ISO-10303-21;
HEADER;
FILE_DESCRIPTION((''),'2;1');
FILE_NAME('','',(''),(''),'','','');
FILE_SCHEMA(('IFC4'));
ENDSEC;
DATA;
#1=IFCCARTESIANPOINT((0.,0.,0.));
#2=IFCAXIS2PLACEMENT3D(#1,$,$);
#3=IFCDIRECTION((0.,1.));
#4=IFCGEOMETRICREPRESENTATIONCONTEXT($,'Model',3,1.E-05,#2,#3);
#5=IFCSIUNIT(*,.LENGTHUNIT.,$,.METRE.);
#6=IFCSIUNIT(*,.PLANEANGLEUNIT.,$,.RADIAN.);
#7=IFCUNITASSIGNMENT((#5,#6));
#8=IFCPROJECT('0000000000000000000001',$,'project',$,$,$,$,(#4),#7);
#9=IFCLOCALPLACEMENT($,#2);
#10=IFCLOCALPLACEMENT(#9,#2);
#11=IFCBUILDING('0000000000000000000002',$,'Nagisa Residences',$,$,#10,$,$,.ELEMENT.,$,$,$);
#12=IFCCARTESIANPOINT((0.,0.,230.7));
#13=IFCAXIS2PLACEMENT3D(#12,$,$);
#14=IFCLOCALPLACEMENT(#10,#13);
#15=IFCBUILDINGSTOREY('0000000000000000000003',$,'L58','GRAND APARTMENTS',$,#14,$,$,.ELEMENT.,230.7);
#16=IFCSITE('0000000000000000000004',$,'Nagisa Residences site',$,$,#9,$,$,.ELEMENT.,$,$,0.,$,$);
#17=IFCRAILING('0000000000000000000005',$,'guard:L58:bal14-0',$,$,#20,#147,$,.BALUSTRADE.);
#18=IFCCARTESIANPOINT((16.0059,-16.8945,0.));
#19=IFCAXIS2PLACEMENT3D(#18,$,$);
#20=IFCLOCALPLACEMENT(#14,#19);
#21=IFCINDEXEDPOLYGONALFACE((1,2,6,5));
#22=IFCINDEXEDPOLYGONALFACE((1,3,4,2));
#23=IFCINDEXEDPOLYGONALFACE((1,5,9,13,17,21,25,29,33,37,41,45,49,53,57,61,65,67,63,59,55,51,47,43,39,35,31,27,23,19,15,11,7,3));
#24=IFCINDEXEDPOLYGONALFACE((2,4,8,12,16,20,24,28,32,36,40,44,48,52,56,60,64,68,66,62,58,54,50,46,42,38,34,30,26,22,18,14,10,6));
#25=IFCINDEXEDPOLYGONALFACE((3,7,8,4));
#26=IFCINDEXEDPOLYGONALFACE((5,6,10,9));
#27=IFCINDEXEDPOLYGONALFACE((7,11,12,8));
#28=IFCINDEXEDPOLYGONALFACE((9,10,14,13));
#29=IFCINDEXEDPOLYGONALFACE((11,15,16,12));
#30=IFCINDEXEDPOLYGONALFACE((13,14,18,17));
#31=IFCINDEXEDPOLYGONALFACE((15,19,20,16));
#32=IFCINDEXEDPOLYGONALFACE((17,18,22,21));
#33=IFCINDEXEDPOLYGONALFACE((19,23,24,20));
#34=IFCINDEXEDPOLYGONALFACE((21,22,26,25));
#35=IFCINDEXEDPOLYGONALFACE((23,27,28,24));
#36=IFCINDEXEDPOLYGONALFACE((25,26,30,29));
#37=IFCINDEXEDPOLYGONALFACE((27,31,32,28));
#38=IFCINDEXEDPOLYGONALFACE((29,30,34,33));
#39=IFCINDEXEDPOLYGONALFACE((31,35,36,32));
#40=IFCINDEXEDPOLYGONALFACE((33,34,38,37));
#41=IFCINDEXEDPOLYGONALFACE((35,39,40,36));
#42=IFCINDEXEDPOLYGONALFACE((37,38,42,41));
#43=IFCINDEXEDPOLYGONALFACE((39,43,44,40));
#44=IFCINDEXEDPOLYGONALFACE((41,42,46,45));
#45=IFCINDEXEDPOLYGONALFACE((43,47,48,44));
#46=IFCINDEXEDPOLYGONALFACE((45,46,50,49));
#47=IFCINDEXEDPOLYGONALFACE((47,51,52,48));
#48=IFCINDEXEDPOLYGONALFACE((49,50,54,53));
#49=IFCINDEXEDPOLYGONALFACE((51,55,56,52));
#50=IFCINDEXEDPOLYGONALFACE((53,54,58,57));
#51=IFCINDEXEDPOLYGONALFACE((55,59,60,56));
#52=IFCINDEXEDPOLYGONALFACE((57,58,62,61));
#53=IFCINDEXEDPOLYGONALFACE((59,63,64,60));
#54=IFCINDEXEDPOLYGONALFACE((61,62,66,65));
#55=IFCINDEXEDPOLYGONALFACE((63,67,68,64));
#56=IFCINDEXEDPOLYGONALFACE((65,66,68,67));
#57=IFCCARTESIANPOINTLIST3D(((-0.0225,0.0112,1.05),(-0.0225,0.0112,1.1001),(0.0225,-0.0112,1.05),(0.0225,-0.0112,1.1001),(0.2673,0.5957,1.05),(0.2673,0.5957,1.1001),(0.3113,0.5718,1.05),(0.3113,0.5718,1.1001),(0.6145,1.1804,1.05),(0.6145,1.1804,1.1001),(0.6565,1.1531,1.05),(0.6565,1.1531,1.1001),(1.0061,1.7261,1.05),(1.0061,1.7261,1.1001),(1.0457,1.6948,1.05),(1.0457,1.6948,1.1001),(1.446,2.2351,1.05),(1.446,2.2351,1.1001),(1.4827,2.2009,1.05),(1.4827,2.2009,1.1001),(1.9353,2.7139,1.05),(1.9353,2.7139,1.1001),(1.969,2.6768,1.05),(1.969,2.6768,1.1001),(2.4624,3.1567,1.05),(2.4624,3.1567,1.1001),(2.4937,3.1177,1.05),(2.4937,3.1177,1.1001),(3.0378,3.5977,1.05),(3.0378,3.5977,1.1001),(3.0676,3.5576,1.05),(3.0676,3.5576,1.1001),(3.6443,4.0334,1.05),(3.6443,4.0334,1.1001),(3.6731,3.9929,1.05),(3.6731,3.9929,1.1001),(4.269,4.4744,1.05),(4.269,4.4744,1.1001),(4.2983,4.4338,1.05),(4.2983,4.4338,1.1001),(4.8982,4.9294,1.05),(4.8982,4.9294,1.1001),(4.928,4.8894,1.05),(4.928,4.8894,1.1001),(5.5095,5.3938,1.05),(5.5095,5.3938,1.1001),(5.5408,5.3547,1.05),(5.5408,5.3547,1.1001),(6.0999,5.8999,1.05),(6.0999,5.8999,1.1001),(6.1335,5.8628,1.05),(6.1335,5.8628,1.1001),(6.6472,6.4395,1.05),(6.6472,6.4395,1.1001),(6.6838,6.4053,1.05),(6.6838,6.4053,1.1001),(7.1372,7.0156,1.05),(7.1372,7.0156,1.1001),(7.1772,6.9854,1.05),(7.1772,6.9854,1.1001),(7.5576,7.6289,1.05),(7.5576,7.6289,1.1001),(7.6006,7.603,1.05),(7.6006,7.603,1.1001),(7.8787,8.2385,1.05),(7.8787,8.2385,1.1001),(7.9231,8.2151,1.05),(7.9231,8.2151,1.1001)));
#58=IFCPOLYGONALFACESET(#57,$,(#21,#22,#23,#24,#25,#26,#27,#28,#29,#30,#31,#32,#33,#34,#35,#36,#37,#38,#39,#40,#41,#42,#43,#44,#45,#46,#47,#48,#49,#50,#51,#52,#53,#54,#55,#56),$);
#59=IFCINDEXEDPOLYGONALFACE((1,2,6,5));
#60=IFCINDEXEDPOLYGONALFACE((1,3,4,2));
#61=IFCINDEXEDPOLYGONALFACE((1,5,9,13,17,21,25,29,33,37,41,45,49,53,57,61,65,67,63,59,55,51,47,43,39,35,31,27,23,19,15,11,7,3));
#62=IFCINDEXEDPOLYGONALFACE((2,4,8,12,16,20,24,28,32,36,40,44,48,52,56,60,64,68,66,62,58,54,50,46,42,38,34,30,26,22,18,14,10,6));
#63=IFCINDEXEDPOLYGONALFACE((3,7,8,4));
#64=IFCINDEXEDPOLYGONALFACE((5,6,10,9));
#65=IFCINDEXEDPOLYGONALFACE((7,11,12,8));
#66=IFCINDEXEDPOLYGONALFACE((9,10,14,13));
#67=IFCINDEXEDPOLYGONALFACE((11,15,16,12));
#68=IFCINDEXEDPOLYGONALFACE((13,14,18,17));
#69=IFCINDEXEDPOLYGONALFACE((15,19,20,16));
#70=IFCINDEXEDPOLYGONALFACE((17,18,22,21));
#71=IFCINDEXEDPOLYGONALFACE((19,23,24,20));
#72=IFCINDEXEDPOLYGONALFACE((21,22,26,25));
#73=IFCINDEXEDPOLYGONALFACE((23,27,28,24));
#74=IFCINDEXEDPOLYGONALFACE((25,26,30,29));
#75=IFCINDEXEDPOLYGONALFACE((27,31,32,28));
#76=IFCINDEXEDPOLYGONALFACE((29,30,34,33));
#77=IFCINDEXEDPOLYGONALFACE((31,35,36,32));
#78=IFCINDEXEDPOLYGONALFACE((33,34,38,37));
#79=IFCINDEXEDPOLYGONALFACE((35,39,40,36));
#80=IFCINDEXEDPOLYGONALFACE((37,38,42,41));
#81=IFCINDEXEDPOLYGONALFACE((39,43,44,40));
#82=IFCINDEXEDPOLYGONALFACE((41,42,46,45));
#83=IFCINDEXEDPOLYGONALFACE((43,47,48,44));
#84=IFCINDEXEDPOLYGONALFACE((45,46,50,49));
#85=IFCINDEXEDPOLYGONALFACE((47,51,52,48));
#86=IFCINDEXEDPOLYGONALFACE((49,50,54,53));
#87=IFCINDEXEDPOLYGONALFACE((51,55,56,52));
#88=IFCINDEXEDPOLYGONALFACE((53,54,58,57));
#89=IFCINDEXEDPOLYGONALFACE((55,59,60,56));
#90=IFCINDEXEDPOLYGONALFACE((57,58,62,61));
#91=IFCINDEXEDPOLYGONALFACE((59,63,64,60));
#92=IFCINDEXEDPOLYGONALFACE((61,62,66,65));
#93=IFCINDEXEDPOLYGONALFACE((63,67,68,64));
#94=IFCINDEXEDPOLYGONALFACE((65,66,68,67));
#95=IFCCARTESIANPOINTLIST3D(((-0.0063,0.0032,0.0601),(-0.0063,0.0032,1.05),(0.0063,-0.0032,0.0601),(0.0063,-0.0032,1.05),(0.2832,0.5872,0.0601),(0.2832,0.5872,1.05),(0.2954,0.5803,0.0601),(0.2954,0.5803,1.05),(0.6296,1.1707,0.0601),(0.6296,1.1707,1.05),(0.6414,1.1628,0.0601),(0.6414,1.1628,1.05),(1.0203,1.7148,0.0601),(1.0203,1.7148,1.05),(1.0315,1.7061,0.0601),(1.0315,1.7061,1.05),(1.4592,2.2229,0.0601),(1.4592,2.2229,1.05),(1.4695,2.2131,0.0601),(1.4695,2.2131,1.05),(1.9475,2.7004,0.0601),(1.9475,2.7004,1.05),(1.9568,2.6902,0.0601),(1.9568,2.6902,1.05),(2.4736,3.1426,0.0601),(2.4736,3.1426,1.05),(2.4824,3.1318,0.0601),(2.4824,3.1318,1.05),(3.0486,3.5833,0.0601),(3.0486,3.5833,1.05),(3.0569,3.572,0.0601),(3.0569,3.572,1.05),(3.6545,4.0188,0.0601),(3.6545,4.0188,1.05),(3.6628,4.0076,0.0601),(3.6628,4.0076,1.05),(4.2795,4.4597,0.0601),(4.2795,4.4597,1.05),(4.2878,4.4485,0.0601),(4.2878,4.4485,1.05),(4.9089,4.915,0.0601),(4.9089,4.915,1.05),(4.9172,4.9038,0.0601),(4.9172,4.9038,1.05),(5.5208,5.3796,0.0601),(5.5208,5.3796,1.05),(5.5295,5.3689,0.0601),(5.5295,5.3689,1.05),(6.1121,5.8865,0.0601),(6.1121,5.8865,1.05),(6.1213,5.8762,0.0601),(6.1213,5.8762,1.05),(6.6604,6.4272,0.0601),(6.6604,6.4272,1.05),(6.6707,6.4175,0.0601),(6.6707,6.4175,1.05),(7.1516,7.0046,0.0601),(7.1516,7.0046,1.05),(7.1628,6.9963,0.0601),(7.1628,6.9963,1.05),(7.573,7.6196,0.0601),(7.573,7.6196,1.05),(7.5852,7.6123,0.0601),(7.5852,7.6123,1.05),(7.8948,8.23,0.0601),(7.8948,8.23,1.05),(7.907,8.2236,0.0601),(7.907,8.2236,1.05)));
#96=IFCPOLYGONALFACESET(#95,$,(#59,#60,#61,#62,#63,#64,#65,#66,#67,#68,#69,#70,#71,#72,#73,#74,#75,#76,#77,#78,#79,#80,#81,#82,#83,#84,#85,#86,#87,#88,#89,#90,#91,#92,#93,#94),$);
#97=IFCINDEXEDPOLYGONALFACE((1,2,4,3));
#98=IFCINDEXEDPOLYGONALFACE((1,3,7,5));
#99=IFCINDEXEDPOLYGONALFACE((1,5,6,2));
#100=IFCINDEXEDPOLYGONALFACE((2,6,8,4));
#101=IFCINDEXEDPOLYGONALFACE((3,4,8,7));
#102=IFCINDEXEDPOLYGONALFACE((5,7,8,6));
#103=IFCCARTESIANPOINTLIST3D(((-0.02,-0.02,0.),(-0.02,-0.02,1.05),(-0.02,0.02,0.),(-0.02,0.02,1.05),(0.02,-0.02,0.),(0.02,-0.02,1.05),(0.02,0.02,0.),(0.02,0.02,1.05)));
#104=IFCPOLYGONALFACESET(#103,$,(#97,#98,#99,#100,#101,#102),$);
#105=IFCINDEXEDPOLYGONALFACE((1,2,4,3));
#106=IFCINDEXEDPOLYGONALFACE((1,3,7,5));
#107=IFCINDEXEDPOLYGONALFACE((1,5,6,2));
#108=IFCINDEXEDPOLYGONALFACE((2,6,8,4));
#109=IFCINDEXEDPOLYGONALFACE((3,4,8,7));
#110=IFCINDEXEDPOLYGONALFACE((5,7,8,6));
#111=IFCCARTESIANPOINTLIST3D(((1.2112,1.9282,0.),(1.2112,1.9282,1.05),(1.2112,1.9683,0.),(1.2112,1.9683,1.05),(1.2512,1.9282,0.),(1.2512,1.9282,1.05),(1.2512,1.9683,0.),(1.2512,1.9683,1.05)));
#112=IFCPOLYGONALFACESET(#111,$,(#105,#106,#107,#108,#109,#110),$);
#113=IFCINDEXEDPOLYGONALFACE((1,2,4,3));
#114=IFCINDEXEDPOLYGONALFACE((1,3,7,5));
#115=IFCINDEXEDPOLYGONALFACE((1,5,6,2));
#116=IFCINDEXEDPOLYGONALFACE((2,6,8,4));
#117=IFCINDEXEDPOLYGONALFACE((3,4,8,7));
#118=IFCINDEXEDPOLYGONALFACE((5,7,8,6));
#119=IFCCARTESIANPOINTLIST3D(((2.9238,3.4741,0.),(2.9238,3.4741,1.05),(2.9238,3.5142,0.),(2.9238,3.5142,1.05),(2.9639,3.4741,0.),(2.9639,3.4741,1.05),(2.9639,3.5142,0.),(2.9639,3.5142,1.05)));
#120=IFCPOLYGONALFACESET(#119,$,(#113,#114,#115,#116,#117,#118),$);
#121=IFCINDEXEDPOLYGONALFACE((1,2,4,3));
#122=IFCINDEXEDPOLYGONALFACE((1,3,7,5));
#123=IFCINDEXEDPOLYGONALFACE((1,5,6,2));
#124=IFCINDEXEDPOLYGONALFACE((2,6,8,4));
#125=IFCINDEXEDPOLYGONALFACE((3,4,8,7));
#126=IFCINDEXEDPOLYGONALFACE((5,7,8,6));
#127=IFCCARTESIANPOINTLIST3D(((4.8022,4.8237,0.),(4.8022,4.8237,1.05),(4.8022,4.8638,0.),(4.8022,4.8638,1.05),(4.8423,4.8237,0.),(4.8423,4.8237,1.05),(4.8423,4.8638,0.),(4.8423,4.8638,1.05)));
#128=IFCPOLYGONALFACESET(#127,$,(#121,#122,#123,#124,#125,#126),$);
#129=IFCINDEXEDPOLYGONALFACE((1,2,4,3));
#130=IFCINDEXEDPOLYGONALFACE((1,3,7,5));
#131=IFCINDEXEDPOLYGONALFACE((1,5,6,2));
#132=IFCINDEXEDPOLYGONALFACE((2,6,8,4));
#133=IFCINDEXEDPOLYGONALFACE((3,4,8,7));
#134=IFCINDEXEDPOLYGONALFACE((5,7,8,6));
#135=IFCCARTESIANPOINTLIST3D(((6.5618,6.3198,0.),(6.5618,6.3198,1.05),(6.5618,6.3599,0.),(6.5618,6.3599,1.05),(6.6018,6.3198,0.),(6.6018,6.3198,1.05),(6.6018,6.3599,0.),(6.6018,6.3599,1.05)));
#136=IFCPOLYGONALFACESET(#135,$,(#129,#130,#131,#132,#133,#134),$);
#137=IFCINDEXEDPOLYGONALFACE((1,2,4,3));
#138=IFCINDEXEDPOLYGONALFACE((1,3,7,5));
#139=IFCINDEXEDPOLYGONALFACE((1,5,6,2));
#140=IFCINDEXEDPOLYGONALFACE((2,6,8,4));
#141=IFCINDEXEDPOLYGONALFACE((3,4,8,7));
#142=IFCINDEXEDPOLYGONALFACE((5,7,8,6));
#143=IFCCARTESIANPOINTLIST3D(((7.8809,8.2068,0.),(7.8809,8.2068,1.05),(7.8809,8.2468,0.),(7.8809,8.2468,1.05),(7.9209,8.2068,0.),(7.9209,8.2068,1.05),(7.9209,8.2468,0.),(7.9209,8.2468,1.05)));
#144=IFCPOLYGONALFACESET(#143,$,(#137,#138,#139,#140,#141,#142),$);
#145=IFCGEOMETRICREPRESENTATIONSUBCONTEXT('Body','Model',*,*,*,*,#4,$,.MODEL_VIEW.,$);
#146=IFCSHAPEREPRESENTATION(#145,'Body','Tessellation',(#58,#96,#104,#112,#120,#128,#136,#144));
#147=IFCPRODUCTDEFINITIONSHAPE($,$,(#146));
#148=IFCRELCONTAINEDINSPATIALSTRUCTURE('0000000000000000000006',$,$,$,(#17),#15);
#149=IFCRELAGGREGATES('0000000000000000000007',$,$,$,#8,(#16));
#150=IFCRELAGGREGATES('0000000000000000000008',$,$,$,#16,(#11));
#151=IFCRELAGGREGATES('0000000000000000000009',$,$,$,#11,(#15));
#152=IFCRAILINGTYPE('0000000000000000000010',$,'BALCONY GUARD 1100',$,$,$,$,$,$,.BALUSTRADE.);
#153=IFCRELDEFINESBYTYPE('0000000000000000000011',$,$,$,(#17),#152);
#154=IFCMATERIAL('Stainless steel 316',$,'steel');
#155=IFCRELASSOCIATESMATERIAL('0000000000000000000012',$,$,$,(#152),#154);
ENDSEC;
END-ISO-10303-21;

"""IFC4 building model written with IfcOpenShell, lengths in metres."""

from ifc_helpers import new_model, si_unit, direction, frame, origin, origin_2d, place, context, subcontext, project, spatial, polyline, rectangle, outline, extrude, material, type_object, element, save


model = new_model("IFC4")

# Units and contexts
model_context = context("Model", 3, precision=1e-05, world=origin(), true_north=direction((0.0, 1.0)))
body_context = subcontext(model_context, "Body", "Model", "MODEL_VIEW")
ifc_project = project(units=[si_unit("LENGTHUNIT", "METRE"), si_unit("PLANEANGLEUNIT", "RADIAN")], contexts=[model_context])

# Site, building, storey
site_placement = place(None, origin())
site = spatial("IfcSite", under=ifc_project, at=site_placement, Name="Nagisa Residences site", CompositionType="ELEMENT", RefElevation=0.0)
building_placement = place(site_placement, origin())
building = spatial("IfcBuilding", under=site, at=building_placement, Name="Nagisa Residences", CompositionType="ELEMENT")
storey_placement = place(building_placement, frame((0.0, 0.0, 230.7)))
storey = spatial("IfcBuildingStorey", under=building, at=storey_placement, Name="L58", Description="GRAND APARTMENTS", CompositionType="ELEMENT", Elevation=230.7)

# Railing
ifc_material_1 = material(Name="Stainless steel 316", Category="steel")
railing_type = type_object("IfcRailingType", Name="BALCONY GUARD 1100", PredefinedType="BALUSTRADE", material=ifc_material_1)
railing_1_placement = place(storey_placement, frame((16.0059, -16.8945, 0.0)))
element("IfcRailing", 1, at=railing_1_placement, inside=storey, type_object=railing_type, Name="guard:L58:bal14-0", PredefinedType="BALUSTRADE", context=body_context, shape_type="SweptSolid", body=[
    extrude(outline(polyline([(0.2673, 0.5957), (-0.0225, 0.0112), (0.0225, -0.0112), (0.3113, 0.5718), (0.6565, 1.1531), (1.0457, 1.6948), (1.4827, 2.2009), (1.969, 2.6768), (2.4937, 3.1177), (3.0676, 3.5576), (3.6731, 3.9929), (4.2983, 4.4338), (4.928, 4.8894), (5.5408, 5.3547), (6.1335, 5.8628), (6.6838, 6.4053), (7.1772, 6.9854), (7.6006, 7.603), (7.9231, 8.2151), (7.8787, 8.2385), (7.5576, 7.6289), (7.1372, 7.0156), (6.6472, 6.4395), (6.0999, 5.8999), (5.5095, 5.3938), (4.8982, 4.9294), (4.269, 4.4744), (3.6443, 4.0334), (3.0378, 3.5977), (2.4624, 3.1567), (1.9353, 2.7139), (1.446, 2.2351), (1.0061, 1.7261), (0.6145, 1.1804), (0.2673, 0.5957)])), frame((0.0, 0.0, 1.05)), (0.0, 0.0, 1.0), 0.05),
    extrude(outline(polyline([(0.2832, 0.5872), (-0.0063, 0.0032), (0.0063, -0.0032), (0.2954, 0.5803), (0.6414, 1.1628), (1.0315, 1.7061), (1.4695, 2.2131), (1.9568, 2.6902), (2.4824, 3.1318), (3.0569, 3.572), (3.6628, 4.0076), (4.2878, 4.4485), (4.9172, 4.9038), (5.5295, 5.3689), (6.1213, 5.8762), (6.6707, 6.4175), (7.1628, 6.9963), (7.5852, 7.6123), (7.907, 8.2236), (7.8948, 8.23), (7.573, 7.6196), (7.1516, 7.0046), (6.6604, 6.4272), (6.1121, 5.8865), (5.5208, 5.3796), (4.9089, 4.915), (4.2795, 4.4597), (3.6545, 4.0188), (3.0486, 3.5833), (2.4736, 3.1426), (1.9475, 2.7004), (1.4592, 2.2229), (1.0203, 1.7148), (0.6296, 1.1707), (0.2832, 0.5872)])), frame((0.0, 0.0, 0.0601)), (0.0, 0.0, 1.0), 0.99),
    extrude(rectangle(XDim=0.04, YDim=0.04, at=origin_2d()), origin(), (0.0, 0.0, 1.0), 1.05),
    extrude(rectangle(XDim=0.04, YDim=0.04, at=origin_2d()), frame((1.2312, 1.9482, 0.0)), (0.0, 0.0, 1.0), 1.05),
    extrude(rectangle(XDim=0.04, YDim=0.04, at=origin_2d()), frame((2.9438, 3.4941, 0.0)), (0.0, 0.0, 1.0), 1.05),
    extrude(rectangle(XDim=0.04, YDim=0.04, at=origin_2d()), frame((4.8223, 4.8438, 0.0)), (0.0, 0.0, 1.0), 1.05),
    extrude(rectangle(XDim=0.04, YDim=0.04, at=origin_2d()), frame((6.5818, 6.3398, 0.0)), (0.0, 0.0, 1.0), 1.05),
    extrude(rectangle(XDim=0.04, YDim=0.04, at=origin_2d()), frame((7.9009, 8.2268, 0.0)), (0.0, 0.0, 1.0), 1.05),
])

save(model, "model.ifc")
